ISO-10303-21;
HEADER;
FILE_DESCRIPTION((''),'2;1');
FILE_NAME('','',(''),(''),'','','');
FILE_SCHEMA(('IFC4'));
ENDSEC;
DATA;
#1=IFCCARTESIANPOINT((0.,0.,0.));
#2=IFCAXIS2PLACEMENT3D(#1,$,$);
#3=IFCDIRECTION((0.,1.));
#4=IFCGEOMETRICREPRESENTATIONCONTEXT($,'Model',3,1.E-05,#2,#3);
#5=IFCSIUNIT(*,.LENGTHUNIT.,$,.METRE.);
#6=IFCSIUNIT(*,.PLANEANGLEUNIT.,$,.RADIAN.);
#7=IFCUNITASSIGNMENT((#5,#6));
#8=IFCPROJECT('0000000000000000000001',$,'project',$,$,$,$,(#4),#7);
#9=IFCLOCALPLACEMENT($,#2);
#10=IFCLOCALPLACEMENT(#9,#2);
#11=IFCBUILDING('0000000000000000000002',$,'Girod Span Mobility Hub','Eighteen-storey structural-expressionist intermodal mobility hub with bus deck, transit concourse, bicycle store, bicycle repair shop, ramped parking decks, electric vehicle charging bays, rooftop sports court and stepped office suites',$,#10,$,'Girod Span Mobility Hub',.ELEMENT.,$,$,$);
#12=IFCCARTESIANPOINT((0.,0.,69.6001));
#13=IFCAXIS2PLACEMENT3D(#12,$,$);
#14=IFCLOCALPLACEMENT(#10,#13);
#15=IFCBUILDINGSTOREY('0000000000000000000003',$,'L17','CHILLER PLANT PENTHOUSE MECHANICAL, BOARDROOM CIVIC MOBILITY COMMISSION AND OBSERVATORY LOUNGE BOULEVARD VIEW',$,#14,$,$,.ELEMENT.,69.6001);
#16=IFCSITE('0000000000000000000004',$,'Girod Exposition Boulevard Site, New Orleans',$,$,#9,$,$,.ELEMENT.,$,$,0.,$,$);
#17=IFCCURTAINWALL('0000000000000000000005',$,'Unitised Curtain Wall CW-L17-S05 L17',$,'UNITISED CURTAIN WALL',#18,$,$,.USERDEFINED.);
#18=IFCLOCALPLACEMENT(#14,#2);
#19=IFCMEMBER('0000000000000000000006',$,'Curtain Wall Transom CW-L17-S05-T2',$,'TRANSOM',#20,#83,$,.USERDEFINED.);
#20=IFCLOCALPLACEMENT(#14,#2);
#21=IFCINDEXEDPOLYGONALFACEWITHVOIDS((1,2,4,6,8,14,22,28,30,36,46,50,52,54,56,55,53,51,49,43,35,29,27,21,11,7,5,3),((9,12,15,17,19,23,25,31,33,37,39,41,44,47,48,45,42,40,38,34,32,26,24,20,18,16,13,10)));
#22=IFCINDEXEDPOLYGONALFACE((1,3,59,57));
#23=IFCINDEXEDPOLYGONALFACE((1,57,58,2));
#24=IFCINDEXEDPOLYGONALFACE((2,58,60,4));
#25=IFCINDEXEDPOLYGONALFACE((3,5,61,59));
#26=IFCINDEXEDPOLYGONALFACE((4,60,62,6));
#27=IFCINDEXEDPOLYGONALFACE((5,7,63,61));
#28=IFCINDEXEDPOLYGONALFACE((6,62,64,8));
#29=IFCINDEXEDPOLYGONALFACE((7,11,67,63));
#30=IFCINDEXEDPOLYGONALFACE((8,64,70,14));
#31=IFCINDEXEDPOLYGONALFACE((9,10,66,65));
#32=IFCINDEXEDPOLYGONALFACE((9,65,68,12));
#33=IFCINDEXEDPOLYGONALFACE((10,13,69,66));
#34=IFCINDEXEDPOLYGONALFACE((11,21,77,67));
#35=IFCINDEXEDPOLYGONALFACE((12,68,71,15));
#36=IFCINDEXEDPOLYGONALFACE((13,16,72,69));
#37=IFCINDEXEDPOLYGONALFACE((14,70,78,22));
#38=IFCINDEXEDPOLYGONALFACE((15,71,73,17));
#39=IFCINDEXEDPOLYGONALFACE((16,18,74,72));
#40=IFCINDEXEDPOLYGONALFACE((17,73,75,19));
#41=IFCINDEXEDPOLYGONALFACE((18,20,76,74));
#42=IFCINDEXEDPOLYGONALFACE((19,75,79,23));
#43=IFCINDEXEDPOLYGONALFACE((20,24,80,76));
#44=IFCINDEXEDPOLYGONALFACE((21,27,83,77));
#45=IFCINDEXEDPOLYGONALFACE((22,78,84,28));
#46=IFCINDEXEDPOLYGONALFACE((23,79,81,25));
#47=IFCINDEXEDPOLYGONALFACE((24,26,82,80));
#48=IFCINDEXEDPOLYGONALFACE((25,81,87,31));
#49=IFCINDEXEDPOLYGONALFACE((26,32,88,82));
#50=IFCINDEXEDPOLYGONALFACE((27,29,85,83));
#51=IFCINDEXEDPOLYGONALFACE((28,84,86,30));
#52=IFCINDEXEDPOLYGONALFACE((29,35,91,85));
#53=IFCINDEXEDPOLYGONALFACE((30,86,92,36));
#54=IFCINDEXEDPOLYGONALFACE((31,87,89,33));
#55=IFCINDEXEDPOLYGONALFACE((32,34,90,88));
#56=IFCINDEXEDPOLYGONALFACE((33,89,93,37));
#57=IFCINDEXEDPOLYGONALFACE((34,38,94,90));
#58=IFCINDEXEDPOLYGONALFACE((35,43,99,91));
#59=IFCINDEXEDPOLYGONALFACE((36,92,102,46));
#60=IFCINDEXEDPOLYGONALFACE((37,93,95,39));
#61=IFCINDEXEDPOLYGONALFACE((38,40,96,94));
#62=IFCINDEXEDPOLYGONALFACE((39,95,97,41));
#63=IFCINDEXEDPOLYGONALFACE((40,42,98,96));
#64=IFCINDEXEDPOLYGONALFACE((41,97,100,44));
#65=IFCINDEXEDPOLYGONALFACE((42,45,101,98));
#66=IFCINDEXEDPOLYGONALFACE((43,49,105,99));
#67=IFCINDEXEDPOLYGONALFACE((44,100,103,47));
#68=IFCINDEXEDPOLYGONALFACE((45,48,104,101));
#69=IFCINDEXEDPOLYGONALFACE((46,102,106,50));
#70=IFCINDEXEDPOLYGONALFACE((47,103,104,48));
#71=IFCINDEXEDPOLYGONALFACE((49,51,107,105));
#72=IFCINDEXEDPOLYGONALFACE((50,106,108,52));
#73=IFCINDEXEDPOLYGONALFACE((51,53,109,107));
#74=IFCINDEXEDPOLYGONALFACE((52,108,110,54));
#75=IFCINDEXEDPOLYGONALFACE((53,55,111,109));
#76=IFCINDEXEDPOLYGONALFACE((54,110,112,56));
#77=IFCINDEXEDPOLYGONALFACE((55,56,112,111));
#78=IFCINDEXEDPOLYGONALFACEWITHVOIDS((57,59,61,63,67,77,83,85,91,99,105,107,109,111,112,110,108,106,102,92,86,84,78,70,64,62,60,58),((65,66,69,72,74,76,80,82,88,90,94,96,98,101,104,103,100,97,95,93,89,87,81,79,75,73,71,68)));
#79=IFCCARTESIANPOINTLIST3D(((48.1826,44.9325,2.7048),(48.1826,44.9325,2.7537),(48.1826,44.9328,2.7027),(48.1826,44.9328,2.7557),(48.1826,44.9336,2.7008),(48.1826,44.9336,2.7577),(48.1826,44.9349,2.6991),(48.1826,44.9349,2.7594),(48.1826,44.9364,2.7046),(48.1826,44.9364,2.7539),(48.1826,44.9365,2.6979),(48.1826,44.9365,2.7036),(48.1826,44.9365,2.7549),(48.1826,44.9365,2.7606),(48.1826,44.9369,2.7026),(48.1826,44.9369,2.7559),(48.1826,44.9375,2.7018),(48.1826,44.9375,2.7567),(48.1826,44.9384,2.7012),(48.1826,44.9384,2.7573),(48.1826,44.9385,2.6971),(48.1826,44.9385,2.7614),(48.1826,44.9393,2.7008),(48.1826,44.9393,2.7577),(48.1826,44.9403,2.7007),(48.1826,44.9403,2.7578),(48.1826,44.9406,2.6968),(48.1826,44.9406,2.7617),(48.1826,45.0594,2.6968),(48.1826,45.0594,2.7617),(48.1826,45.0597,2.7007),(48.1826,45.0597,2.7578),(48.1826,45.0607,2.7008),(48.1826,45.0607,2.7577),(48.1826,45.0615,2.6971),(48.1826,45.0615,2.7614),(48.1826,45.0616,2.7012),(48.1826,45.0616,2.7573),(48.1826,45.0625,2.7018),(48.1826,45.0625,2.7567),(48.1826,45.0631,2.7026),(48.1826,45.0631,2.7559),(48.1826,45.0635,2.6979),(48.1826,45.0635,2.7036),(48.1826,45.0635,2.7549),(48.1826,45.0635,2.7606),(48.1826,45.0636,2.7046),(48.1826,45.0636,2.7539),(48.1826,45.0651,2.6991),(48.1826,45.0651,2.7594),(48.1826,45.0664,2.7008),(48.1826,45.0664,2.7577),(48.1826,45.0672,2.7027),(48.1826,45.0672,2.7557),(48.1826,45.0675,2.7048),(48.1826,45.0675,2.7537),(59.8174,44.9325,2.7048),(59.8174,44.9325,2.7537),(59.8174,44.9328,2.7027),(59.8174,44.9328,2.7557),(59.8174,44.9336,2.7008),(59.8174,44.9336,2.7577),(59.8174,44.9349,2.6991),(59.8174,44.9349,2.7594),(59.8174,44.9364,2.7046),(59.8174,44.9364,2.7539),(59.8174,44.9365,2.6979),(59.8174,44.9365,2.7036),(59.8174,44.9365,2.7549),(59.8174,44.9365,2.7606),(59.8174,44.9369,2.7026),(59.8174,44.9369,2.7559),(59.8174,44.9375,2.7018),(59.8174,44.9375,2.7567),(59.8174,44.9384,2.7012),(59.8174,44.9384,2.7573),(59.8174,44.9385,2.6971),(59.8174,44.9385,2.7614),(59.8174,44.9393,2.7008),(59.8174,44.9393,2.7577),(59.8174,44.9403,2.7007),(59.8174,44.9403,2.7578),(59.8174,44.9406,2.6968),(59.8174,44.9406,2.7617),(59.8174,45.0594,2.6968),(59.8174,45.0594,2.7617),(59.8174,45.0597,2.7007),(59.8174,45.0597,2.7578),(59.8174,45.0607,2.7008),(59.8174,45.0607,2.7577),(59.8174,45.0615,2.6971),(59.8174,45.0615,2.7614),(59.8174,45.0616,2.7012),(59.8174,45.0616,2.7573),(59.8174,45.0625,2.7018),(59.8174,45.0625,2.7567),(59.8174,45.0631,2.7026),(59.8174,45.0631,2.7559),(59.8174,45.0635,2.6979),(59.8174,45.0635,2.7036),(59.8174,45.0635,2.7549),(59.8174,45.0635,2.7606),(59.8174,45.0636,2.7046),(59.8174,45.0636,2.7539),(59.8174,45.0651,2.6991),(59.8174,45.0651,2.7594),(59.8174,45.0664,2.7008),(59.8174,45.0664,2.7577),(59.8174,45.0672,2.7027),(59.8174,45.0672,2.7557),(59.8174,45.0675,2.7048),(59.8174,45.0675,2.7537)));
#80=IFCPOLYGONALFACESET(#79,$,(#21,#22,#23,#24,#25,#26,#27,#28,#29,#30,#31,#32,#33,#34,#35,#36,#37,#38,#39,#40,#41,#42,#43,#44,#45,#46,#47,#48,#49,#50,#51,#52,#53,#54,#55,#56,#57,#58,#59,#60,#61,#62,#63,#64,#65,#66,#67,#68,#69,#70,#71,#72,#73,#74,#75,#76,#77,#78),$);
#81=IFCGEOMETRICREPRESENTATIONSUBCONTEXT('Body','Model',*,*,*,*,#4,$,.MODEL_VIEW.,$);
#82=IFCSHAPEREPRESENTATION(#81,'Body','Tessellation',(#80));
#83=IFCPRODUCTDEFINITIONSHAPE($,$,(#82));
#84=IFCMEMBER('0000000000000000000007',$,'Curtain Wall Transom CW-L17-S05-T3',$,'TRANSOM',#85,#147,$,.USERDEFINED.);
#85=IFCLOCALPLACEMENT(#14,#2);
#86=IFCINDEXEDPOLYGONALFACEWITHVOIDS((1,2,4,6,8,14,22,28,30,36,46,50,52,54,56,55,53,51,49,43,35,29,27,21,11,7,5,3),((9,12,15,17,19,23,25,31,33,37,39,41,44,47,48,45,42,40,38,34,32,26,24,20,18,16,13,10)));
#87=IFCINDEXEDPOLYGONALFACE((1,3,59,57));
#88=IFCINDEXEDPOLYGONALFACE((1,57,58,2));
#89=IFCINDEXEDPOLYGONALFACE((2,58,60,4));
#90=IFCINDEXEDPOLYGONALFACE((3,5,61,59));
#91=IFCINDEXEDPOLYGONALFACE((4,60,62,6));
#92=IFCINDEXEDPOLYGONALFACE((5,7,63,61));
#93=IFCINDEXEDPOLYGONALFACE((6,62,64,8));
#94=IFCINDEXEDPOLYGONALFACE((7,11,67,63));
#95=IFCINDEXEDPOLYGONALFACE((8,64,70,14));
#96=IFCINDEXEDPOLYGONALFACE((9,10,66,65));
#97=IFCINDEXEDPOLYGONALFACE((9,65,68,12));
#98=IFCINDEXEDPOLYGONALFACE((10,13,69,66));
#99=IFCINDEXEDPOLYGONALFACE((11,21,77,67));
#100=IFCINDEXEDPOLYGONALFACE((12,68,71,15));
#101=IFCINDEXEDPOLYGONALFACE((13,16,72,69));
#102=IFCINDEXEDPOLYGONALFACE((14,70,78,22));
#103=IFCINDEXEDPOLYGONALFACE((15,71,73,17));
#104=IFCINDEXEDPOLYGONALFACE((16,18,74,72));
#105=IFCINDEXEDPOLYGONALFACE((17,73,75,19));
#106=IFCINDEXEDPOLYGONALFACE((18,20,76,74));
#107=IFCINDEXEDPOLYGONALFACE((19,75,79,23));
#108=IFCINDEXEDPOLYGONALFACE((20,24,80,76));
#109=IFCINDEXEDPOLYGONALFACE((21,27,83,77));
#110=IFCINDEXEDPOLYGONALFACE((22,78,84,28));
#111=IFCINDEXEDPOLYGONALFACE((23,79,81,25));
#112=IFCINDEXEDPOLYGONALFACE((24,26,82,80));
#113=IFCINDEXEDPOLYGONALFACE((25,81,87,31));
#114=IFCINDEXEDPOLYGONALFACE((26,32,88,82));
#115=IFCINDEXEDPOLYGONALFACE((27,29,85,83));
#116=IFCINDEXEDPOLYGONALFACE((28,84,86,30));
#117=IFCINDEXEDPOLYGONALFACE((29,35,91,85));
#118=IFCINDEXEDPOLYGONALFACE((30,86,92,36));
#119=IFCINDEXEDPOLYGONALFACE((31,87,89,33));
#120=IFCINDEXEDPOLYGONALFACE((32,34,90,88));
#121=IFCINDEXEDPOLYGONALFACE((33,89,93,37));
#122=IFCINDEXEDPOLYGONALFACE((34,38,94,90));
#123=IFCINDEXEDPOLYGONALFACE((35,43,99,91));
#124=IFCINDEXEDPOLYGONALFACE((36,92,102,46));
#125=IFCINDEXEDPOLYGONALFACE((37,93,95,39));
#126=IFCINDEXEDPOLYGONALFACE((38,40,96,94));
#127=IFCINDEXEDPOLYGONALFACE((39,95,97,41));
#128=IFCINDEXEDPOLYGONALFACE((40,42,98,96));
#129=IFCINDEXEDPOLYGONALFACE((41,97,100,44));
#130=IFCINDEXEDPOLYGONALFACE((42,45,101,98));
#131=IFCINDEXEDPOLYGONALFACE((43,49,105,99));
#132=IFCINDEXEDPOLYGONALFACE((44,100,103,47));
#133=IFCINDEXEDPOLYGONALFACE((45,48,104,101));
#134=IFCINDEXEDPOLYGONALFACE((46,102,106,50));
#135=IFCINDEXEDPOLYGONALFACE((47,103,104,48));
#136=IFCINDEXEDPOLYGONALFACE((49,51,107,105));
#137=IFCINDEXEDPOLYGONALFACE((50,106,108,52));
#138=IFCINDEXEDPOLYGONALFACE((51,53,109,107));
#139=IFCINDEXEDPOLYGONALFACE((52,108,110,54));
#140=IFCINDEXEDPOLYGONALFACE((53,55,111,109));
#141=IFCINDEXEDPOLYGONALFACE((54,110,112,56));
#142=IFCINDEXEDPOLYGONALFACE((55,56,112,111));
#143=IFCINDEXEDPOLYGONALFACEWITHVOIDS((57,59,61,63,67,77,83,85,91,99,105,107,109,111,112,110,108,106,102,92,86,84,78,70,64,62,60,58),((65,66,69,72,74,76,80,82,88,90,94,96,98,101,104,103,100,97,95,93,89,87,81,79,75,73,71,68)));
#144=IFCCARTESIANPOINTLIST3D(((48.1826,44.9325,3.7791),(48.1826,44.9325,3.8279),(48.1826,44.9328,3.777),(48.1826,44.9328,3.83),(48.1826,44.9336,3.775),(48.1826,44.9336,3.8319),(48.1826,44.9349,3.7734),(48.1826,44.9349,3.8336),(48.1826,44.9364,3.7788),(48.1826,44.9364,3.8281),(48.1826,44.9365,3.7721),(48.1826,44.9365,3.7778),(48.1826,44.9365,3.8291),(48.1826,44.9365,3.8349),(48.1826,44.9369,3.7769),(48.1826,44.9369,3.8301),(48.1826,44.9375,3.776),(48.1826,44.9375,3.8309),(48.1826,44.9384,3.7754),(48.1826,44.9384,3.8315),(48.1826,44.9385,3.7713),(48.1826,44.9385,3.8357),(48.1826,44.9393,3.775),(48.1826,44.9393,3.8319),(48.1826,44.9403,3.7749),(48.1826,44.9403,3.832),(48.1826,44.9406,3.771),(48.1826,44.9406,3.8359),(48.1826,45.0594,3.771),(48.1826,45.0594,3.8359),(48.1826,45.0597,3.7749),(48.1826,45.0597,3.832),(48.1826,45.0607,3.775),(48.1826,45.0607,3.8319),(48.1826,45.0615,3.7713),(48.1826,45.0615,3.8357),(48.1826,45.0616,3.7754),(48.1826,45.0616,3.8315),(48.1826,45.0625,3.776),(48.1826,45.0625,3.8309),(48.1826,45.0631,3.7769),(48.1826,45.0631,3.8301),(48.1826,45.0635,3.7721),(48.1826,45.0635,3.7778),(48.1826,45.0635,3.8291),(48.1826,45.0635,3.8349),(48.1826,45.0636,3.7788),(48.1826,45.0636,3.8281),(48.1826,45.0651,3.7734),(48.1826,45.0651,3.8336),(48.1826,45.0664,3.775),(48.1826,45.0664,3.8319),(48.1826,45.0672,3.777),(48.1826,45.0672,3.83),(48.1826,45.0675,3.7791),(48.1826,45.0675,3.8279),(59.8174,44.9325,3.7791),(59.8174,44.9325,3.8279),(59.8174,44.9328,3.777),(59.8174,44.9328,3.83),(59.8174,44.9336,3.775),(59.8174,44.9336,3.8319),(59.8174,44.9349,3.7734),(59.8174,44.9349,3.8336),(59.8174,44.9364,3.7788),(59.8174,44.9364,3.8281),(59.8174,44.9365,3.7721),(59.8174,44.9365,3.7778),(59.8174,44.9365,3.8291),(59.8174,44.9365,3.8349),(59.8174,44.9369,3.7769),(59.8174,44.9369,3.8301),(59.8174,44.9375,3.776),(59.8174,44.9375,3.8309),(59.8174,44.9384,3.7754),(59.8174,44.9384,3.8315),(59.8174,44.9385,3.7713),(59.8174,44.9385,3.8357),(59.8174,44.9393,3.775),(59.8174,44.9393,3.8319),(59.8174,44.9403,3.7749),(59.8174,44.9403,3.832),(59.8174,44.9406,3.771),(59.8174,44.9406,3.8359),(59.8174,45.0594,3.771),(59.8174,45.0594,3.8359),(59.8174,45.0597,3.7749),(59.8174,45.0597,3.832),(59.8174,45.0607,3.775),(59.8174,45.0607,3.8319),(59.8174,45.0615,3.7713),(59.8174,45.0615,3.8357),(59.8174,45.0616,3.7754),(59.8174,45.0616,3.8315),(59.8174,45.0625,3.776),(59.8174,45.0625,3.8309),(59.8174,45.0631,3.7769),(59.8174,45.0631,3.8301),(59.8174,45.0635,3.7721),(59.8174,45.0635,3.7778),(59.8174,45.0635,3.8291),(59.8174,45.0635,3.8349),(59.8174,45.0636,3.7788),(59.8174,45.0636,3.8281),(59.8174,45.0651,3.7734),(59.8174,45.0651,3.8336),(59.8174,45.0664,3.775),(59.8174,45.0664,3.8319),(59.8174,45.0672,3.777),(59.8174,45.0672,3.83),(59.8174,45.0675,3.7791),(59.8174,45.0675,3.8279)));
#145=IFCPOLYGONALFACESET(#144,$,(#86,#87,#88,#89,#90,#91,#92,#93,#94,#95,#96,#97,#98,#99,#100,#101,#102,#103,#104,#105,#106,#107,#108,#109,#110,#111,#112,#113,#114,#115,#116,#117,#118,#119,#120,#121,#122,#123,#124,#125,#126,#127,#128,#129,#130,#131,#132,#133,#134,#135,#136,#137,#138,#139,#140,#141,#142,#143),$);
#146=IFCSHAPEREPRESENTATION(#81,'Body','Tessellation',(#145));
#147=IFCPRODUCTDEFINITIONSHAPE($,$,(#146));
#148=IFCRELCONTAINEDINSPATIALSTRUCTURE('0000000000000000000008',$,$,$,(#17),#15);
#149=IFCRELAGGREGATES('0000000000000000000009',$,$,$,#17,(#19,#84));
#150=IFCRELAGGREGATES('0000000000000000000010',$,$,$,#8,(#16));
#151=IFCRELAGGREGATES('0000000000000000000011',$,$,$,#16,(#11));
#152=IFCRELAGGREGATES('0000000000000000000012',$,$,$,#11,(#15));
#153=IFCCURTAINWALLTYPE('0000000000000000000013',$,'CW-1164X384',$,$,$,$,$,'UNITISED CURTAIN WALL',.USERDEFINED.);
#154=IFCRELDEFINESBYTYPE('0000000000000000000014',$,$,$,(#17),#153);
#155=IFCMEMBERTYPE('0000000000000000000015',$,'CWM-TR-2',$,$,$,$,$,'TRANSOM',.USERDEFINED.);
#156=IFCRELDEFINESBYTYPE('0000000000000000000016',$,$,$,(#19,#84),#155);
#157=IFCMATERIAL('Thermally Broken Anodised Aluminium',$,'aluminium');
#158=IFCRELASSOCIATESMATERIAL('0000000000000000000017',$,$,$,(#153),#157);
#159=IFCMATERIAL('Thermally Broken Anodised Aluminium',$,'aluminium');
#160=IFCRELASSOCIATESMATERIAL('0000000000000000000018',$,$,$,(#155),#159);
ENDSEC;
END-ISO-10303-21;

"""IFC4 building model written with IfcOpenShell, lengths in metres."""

from ifc_helpers import new_model, si_unit, direction, frame, origin, origin_2d, place, context, subcontext, project, spatial, hollow_rectangle, extrude, material, material_profile, profile_set, type_object, element, aggregate, save


model = new_model("IFC4")

# Units and contexts
model_context = context("Model", 3, precision=1e-05, world=origin(), true_north=direction((0.0, 1.0)))
body_context = subcontext(model_context, "Body", "Model", "MODEL_VIEW")
ifc_project = project(units=[si_unit("LENGTHUNIT", "METRE"), si_unit("PLANEANGLEUNIT", "RADIAN")], contexts=[model_context])

# Site, building, storey
site_placement = place(None, origin())
site = spatial("IfcSite", under=ifc_project, at=site_placement, Name="Girod Exposition Boulevard Site, New Orleans", CompositionType="ELEMENT", RefElevation=0.0)
building_placement = place(site_placement, origin())
building = spatial("IfcBuilding", under=site, at=building_placement, Name="Girod Span Mobility Hub", Description="Eighteen-storey structural-expressionist intermodal mobility hub with bus deck, transit concourse, bicycle store, bicycle repair shop, ramped parking decks, electric vehicle charging bays, rooftop sports court and stepped office suites", LongName="Girod Span Mobility Hub", CompositionType="ELEMENT")
storey_placement = place(building_placement, frame((0.0, 0.0, 69.6001)))
storey = spatial("IfcBuildingStorey", under=building, at=storey_placement, Name="L17", Description="CHILLER PLANT PENTHOUSE MECHANICAL, BOARDROOM CIVIC MOBILITY COMMISSION AND OBSERVATORY LOUNGE BOULEVARD VIEW", CompositionType="ELEMENT", Elevation=69.6001)

# Curtain wall
ifc_material_1 = material(Name="Thermally Broken Anodised Aluminium", Category="aluminium")
curtain_wall_type = type_object("IfcCurtainWallType", Name="CW-1164X384", ElementType="UNITISED CURTAIN WALL", PredefinedType="USERDEFINED", material=ifc_material_1)
curtain_wall_1_placement = place(storey_placement, origin())
curtain_wall_1 = element("IfcCurtainWall", 1, at=curtain_wall_1_placement, inside=storey, type_object=curtain_wall_type, Name="Unitised Curtain Wall CW-L17-S05 L17", ObjectType="UNITISED CURTAIN WALL", PredefinedType="USERDEFINED")

# Members
ifc_material_2 = material(Name="Thermally Broken Anodised Aluminium", Category="aluminium")
ifc_material_profile_1 = material_profile(ifc_material_2, hollow_rectangle(XDim=0.135, YDim=0.0649, WallThickness=0.0039, InnerFilletRadius=0.0039, OuterFilletRadius=0.0081, at=origin_2d()), Name="CW-TR-65X135")
ifc_profile_set_1 = profile_set([ifc_material_profile_1], Name="Thermally Broken Anodised Aluminium")
member_type_1 = type_object("IfcMemberType", Name="CWM-TR-2", ElementType="TRANSOM", PredefinedType="USERDEFINED", material=ifc_profile_set_1)
member_1_placement = place(storey_placement, frame((48.1826, 45.0, 2.7292), z_axis=(1.0, 0.0, 0.0), x_axis=(0.0, 1.0, 0.0)))
member_1 = element("IfcMember", 2, at=member_1_placement, type_object=member_type_1, Name="Curtain Wall Transom CW-L17-S05-T2", ObjectType="TRANSOM", PredefinedType="USERDEFINED", context=body_context, shape_type="SweptSolid", body=[
    extrude(hollow_rectangle(XDim=0.135, YDim=0.0649, WallThickness=0.0039, InnerFilletRadius=0.0039, OuterFilletRadius=0.0081, at=origin_2d()), origin(), (0.0, 0.0, 1.0), 11.6348),
])
member_2_placement = place(storey_placement, frame((48.1826, 45.0, 3.8035), z_axis=(1.0, 0.0, 0.0), x_axis=(0.0, 1.0, 0.0)))
member_2 = element("IfcMember", 3, at=member_2_placement, type_object=member_type_1, Name="Curtain Wall Transom CW-L17-S05-T3", ObjectType="TRANSOM", PredefinedType="USERDEFINED", context=body_context, shape_type="SweptSolid", body=[
    extrude(hollow_rectangle(XDim=0.135, YDim=0.0649, WallThickness=0.0039, InnerFilletRadius=0.0039, OuterFilletRadius=0.0081, at=origin_2d()), origin(), (0.0, 0.0, 1.0), 11.6348),
])

aggregate(curtain_wall_1, [member_1, member_2])

save(model, "model.ifc")
